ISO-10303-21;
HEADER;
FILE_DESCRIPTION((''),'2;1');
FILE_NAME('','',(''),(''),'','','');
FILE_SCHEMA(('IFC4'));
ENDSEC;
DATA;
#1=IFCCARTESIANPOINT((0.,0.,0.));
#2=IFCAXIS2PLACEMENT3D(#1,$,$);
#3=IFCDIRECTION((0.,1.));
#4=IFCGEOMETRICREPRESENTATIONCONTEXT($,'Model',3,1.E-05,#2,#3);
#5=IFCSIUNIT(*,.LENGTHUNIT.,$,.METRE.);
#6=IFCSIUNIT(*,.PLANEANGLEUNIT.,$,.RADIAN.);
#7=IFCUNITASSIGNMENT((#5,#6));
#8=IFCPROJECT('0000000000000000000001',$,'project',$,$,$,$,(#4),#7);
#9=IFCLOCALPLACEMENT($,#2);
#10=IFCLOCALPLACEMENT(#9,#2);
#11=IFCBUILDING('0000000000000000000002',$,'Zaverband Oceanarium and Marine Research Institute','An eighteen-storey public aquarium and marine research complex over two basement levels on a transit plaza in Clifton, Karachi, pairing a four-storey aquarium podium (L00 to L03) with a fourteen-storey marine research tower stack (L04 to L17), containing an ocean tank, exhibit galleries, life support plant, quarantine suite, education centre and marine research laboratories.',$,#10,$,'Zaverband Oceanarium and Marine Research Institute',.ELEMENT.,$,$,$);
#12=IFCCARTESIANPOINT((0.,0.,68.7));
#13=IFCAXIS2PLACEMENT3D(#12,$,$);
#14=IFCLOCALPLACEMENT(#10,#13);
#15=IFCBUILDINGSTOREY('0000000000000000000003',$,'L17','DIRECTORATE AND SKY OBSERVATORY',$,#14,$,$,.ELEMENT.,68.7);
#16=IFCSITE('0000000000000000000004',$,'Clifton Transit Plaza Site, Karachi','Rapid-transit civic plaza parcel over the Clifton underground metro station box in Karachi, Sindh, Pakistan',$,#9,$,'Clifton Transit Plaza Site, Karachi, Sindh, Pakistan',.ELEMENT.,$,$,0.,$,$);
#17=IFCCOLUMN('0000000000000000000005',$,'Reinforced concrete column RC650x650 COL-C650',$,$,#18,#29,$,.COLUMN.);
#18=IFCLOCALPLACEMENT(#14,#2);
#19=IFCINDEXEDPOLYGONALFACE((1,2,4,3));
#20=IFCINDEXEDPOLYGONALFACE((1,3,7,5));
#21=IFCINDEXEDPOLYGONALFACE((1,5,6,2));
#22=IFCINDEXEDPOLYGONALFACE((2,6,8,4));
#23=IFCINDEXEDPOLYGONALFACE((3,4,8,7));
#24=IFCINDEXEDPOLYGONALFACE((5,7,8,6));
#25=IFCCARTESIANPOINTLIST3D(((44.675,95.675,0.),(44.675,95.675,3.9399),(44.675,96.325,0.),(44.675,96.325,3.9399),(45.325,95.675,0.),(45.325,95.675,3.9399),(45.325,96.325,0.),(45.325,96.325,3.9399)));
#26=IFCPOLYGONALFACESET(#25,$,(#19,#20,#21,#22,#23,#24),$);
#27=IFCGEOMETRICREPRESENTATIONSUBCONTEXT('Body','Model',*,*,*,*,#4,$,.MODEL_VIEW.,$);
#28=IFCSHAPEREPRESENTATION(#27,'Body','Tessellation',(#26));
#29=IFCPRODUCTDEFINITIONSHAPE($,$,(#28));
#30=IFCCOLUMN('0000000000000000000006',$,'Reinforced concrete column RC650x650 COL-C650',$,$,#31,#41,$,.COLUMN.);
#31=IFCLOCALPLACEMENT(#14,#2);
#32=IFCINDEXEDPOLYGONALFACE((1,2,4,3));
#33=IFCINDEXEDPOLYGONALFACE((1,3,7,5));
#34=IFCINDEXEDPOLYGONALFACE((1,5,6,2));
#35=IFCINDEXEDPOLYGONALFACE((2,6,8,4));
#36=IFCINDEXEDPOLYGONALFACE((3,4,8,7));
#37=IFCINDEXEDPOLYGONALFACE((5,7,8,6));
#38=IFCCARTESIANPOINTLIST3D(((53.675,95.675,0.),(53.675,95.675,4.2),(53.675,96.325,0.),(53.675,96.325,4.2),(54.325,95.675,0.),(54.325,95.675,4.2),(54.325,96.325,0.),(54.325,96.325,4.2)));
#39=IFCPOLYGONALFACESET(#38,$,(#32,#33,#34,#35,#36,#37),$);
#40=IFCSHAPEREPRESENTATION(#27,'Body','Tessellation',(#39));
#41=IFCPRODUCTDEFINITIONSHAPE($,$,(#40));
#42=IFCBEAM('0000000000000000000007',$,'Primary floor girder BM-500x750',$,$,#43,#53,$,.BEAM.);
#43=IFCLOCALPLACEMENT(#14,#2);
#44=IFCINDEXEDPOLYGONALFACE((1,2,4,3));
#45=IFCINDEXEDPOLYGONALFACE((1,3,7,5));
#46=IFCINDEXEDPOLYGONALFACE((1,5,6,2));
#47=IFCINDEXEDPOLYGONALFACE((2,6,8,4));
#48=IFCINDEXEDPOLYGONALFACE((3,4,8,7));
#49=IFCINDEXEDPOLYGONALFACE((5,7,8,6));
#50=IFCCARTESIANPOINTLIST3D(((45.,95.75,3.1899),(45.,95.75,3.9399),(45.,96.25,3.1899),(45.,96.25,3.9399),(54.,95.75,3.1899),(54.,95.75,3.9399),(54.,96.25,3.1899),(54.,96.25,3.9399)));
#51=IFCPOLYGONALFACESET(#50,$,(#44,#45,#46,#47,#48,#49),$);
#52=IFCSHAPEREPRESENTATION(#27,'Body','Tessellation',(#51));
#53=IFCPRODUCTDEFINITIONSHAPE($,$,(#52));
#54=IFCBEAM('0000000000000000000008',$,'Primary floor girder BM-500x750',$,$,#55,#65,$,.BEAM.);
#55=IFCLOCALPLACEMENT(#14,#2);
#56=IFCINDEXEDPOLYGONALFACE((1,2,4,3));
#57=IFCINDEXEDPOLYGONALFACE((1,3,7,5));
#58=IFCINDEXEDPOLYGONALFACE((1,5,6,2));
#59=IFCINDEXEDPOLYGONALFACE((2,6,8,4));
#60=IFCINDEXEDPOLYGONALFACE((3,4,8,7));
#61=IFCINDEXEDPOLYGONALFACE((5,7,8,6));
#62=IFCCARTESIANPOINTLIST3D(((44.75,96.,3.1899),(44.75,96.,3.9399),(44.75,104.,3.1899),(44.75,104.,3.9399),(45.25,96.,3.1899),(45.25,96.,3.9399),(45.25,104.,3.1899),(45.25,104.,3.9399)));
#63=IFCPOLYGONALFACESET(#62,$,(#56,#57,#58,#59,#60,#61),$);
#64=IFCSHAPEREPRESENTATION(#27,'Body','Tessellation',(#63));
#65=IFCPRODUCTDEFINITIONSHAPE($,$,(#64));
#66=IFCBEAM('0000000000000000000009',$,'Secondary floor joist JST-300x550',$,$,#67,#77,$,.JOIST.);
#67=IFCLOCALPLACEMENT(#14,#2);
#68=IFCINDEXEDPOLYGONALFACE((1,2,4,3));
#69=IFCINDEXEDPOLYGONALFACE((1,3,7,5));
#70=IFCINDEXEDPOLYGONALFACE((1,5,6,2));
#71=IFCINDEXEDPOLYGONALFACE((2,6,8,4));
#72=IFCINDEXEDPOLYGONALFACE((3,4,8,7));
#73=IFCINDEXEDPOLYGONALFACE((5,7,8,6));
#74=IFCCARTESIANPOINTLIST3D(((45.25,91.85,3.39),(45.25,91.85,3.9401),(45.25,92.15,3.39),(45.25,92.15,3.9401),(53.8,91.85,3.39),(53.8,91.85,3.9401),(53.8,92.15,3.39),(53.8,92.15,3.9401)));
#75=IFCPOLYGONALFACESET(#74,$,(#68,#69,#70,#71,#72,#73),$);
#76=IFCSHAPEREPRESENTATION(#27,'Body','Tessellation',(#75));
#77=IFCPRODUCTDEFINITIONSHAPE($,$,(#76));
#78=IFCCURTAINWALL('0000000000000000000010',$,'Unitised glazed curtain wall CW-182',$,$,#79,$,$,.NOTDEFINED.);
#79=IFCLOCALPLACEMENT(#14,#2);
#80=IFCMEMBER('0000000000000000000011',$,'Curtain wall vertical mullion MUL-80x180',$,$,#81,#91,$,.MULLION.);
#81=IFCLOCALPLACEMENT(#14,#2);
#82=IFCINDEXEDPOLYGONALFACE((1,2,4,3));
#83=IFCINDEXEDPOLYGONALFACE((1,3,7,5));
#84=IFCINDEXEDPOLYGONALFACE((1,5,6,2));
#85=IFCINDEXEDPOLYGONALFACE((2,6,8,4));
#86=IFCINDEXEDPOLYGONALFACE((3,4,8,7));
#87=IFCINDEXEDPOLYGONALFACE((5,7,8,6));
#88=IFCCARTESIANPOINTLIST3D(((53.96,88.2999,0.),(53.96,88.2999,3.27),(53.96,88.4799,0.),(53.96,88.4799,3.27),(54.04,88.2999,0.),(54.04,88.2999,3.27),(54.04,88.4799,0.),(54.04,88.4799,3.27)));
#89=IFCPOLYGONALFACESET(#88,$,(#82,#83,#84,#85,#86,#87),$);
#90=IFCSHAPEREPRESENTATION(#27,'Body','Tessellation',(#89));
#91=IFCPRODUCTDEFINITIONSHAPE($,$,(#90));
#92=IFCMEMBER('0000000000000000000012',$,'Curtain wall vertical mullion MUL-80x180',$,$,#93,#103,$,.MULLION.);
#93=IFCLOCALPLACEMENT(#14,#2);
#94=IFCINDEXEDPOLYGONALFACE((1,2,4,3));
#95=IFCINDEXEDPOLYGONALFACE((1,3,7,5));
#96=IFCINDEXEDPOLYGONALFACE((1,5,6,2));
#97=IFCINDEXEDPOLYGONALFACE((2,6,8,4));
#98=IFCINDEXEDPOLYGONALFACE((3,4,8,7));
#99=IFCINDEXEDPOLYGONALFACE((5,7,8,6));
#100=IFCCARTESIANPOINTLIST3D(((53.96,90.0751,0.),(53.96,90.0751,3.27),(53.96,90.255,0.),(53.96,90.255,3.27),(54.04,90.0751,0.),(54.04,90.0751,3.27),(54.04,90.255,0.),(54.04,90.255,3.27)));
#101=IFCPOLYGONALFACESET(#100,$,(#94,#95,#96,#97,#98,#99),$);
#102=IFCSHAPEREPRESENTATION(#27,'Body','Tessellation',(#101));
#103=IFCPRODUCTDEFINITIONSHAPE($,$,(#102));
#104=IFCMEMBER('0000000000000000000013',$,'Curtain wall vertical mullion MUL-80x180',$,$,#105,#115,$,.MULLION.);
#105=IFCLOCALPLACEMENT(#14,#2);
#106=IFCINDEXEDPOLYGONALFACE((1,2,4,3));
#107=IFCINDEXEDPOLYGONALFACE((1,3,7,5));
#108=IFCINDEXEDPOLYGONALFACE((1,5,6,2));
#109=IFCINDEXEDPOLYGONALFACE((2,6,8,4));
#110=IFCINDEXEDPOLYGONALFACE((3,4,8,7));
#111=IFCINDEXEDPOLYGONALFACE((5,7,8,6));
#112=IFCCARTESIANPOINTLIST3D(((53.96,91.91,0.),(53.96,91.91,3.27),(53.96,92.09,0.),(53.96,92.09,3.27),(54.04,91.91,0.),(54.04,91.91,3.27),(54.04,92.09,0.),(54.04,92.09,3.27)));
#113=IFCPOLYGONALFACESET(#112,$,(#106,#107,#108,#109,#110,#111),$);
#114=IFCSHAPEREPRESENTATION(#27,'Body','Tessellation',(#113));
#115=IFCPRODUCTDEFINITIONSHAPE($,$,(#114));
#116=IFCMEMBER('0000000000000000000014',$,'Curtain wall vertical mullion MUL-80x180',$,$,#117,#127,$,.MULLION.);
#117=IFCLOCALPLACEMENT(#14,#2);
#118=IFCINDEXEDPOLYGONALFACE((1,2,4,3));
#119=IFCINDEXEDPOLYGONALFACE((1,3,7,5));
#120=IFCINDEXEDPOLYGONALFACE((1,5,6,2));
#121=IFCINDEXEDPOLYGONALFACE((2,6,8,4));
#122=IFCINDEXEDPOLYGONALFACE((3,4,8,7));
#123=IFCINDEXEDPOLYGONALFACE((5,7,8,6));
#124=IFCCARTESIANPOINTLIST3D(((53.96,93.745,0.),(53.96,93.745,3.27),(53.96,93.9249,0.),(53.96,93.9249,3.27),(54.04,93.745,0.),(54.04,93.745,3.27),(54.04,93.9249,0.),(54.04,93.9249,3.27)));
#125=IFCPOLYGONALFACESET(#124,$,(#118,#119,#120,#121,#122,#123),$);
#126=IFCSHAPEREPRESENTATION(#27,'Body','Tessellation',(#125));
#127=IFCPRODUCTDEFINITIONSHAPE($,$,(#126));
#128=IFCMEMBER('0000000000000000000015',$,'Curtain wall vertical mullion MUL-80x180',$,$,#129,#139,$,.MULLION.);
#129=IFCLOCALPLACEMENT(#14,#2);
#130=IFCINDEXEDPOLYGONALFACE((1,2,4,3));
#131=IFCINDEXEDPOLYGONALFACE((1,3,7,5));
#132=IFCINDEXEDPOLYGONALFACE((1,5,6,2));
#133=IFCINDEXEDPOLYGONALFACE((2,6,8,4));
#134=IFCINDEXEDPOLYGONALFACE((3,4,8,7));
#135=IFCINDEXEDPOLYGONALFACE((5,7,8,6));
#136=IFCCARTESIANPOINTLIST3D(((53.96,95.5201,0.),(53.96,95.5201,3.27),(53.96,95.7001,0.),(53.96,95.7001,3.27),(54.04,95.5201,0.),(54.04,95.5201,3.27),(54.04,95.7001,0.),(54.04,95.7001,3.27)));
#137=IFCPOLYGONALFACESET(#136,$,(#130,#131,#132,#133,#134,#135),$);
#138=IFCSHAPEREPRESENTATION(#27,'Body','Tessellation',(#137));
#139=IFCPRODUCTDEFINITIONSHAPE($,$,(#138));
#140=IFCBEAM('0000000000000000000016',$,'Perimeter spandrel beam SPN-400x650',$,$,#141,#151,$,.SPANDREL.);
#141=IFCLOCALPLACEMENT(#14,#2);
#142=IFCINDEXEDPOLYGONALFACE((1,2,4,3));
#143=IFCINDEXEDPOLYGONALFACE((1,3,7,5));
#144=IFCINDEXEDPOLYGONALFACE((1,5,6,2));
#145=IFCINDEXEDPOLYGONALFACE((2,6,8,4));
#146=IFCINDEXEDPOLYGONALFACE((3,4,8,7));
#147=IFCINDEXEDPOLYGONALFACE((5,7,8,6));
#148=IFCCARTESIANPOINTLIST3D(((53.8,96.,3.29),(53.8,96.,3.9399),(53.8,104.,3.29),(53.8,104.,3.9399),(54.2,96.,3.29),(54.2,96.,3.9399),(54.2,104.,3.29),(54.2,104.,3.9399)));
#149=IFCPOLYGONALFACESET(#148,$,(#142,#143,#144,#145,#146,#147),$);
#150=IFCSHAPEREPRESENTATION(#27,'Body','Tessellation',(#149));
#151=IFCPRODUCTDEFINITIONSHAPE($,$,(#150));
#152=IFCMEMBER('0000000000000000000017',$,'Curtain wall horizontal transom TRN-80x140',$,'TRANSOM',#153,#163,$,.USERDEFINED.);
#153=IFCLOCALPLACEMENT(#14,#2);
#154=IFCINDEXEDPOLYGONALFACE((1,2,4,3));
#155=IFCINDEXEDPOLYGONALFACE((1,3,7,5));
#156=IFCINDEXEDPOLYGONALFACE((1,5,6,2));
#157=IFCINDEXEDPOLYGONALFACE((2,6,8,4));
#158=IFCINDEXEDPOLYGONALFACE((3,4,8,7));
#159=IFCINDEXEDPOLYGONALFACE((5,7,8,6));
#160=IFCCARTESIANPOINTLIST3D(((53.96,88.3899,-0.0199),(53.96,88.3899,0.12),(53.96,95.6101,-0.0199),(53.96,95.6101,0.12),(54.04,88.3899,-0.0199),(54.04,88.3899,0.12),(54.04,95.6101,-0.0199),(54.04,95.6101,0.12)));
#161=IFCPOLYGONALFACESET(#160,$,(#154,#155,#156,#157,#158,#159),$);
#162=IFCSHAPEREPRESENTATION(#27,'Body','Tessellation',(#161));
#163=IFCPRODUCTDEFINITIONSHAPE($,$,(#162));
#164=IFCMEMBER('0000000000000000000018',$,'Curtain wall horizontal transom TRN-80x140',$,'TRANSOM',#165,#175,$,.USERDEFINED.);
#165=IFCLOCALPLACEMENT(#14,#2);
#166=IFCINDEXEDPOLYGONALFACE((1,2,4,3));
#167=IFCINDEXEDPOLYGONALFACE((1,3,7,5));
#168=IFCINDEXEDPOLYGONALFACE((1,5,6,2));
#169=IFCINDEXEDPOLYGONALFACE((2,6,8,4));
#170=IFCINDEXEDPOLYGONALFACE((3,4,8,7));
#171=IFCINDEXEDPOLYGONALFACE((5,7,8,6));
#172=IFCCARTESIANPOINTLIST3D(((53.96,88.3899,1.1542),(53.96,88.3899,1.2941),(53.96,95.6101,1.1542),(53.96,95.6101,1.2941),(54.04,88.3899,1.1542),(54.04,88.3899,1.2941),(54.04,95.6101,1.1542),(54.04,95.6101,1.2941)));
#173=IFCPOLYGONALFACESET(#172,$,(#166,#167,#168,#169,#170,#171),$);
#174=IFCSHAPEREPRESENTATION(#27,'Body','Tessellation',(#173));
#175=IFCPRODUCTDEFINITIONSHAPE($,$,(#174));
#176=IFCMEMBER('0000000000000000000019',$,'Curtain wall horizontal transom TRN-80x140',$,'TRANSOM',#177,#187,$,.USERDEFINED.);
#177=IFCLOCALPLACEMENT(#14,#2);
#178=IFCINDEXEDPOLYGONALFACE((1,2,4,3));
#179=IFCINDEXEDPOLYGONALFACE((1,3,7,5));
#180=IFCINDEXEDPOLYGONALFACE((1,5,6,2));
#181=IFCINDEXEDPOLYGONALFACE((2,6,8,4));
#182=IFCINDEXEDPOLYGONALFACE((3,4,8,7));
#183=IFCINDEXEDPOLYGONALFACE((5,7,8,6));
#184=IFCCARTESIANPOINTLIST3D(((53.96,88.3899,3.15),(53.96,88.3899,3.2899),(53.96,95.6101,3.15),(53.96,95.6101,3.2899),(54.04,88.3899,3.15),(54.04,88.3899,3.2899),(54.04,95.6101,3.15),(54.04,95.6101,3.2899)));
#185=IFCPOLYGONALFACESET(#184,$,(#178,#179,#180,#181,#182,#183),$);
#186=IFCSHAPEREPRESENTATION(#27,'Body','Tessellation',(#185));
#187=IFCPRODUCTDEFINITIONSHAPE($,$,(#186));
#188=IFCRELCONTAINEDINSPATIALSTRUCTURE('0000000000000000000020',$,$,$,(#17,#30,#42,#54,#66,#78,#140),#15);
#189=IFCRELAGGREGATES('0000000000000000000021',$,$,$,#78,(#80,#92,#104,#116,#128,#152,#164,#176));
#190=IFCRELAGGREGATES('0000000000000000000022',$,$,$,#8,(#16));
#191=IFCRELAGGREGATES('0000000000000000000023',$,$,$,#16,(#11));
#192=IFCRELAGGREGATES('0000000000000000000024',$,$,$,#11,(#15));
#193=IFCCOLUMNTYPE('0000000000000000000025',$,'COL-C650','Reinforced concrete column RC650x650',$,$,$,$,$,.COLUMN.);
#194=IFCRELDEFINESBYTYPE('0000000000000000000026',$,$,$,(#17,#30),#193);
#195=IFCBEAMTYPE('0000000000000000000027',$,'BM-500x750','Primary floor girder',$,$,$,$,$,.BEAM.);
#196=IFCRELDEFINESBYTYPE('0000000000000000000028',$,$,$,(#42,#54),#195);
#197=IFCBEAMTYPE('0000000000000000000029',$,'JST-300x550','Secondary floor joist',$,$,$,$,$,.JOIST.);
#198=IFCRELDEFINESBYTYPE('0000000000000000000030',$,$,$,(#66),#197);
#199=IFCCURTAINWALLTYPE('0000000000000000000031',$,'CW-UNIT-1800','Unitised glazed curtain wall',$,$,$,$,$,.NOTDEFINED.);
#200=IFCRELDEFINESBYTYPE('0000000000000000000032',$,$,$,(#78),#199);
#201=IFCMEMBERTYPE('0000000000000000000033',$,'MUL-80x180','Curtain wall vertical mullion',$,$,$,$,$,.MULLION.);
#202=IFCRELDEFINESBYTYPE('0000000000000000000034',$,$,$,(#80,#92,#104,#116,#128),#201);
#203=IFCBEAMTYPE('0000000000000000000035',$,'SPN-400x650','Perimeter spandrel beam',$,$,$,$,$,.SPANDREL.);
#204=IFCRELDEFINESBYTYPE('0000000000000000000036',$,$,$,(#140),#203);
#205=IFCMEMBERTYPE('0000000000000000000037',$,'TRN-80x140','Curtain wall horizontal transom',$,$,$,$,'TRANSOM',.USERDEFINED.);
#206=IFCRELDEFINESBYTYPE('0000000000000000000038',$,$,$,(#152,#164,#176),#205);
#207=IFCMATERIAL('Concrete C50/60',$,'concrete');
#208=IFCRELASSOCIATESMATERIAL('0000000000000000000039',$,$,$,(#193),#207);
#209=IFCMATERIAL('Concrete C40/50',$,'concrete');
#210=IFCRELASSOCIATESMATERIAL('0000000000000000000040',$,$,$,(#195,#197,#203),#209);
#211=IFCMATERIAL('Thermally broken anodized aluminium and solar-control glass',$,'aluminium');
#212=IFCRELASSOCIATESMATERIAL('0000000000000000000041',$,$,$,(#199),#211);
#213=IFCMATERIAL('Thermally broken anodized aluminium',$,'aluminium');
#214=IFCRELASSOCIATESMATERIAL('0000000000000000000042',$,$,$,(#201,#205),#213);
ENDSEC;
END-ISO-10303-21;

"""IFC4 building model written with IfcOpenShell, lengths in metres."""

from ifc_helpers import new_model, si_unit, direction, frame, origin, origin_2d, place, context, subcontext, project, spatial, rectangle, extrude, material, material_profile, profile_set, type_object, element, aggregate, save


model = new_model("IFC4")

# Units and contexts
model_context = context("Model", 3, precision=1e-05, world=origin(), true_north=direction((0.0, 1.0)))
body_context = subcontext(model_context, "Body", "Model", "MODEL_VIEW")
ifc_project = project(units=[si_unit("LENGTHUNIT", "METRE"), si_unit("PLANEANGLEUNIT", "RADIAN")], contexts=[model_context])

# Site, building, storey
site_placement = place(None, origin())
site = spatial("IfcSite", under=ifc_project, at=site_placement, Name="Clifton Transit Plaza Site, Karachi", Description="Rapid-transit civic plaza parcel over the Clifton underground metro station box in Karachi, Sindh, Pakistan", LongName="Clifton Transit Plaza Site, Karachi, Sindh, Pakistan", CompositionType="ELEMENT", RefElevation=0.0)
building_placement = place(site_placement, origin())
building = spatial("IfcBuilding", under=site, at=building_placement, Name="Zaverband Oceanarium and Marine Research Institute", Description="An eighteen-storey public aquarium and marine research complex over two basement levels on a transit plaza in Clifton, Karachi, pairing a four-storey aquarium podium (L00 to L03) with a fourteen-storey marine research tower stack (L04 to L17), containing an ocean tank, exhibit galleries, life support plant, quarantine suite, education centre and marine research laboratories.", LongName="Zaverband Oceanarium and Marine Research Institute", CompositionType="ELEMENT")
storey_placement = place(building_placement, frame((0.0, 0.0, 68.7)))
storey = spatial("IfcBuildingStorey", under=building, at=storey_placement, Name="L17", Description="DIRECTORATE AND SKY OBSERVATORY", CompositionType="ELEMENT", Elevation=68.7)

# Columns
ifc_material_1 = material(Name="Concrete C50/60", Category="concrete")
ifc_material_profile_1 = material_profile(ifc_material_1, rectangle(XDim=0.6499, YDim=0.6499, at=origin_2d()), Name="RC650x650")
ifc_profile_set_1 = profile_set([ifc_material_profile_1], Name="Concrete C50/60")
column_type = type_object("IfcColumnType", Name="COL-C650", Description="Reinforced concrete column RC650x650", PredefinedType="COLUMN", material=ifc_profile_set_1)
column_1_placement = place(storey_placement, frame((45.0, 96.0, 0.0), z_axis=(0.0, 0.0, 1.0), x_axis=(1.0, 0.0, 0.0)))
element("IfcColumn", 1, at=column_1_placement, inside=storey, type_object=column_type, Name="Reinforced concrete column RC650x650 COL-C650", PredefinedType="COLUMN", context=body_context, shape_type="SweptSolid", body=[
    extrude(rectangle(XDim=0.6499, YDim=0.6499, at=origin_2d()), origin(), (0.0, 0.0, 1.0), 3.9399),
])
column_2_placement = place(storey_placement, frame((54.0, 96.0, 0.0), z_axis=(0.0, 0.0, 1.0), x_axis=(1.0, 0.0, 0.0)))
element("IfcColumn", 2, at=column_2_placement, inside=storey, type_object=column_type, Name="Reinforced concrete column RC650x650 COL-C650", PredefinedType="COLUMN", context=body_context, shape_type="SweptSolid", body=[
    extrude(rectangle(XDim=0.6499, YDim=0.6499, at=origin_2d()), origin(), (0.0, 0.0, 1.0), 4.2),
])

# Beams
ifc_material_2 = material(Name="Concrete C40/50", Category="concrete")
ifc_material_profile_2 = material_profile(ifc_material_2, rectangle(XDim=0.5, YDim=0.75, at=origin_2d()), Name="RC500x750")
ifc_profile_set_2 = profile_set([ifc_material_profile_2], Name="Concrete C40/50")
beam_type_1 = type_object("IfcBeamType", Name="BM-500x750", Description="Primary floor girder", PredefinedType="BEAM", material=ifc_profile_set_2)
beam_1_placement = place(storey_placement, frame((45.0, 96.0, 3.5649), z_axis=(1.0, 0.0, 0.0), x_axis=(0.0, 1.0, 0.0)))
element("IfcBeam", 3, at=beam_1_placement, inside=storey, type_object=beam_type_1, Name="Primary floor girder BM-500x750", PredefinedType="BEAM", context=body_context, shape_type="SweptSolid", body=[
    extrude(rectangle(XDim=0.5, YDim=0.75, at=origin_2d()), origin(), (0.0, 0.0, 1.0), 9.0),
])
beam_2_placement = place(storey_placement, frame((45.0, 96.0, 3.5649), z_axis=(0.0, 1.0, 0.0), x_axis=(-1.0, 0.0, 0.0)))
element("IfcBeam", 4, at=beam_2_placement, inside=storey, type_object=beam_type_1, Name="Primary floor girder BM-500x750", PredefinedType="BEAM", context=body_context, shape_type="SweptSolid", body=[
    extrude(rectangle(XDim=0.5, YDim=0.75, at=origin_2d()), origin(), (0.0, 0.0, 1.0), 8.0),
])
ifc_material_profile_3 = material_profile(ifc_material_2, rectangle(XDim=0.3, YDim=0.55, at=origin_2d()), Name="RC300x550")
ifc_profile_set_3 = profile_set([ifc_material_profile_3], Name="Concrete C40/50")
beam_type_2 = type_object("IfcBeamType", Name="JST-300x550", Description="Secondary floor joist", PredefinedType="JOIST", material=ifc_profile_set_3)
beam_3_placement = place(storey_placement, frame((45.25, 92.0, 3.665), z_axis=(1.0, 0.0, 0.0), x_axis=(0.0, 1.0, 0.0)))
element("IfcBeam", 5, at=beam_3_placement, inside=storey, type_object=beam_type_2, Name="Secondary floor joist JST-300x550", PredefinedType="JOIST", context=body_context, shape_type="SweptSolid", body=[
    extrude(rectangle(XDim=0.3, YDim=0.55, at=origin_2d()), origin(), (0.0, 0.0, 1.0), 8.55),
])

# Curtain wall, members
ifc_material_3 = material(Name="Thermally broken anodized aluminium and solar-control glass", Category="aluminium")
curtain_wall_type = type_object("IfcCurtainWallType", Name="CW-UNIT-1800", Description="Unitised glazed curtain wall", PredefinedType="NOTDEFINED", material=ifc_material_3)
curtain_wall_placement = place(storey_placement, origin())
curtain_wall = element("IfcCurtainWall", 6, at=curtain_wall_placement, inside=storey, type_object=curtain_wall_type, Name="Unitised glazed curtain wall CW-182", PredefinedType="NOTDEFINED")
ifc_material_4 = material(Name="Thermally broken anodized aluminium", Category="aluminium")
ifc_material_profile_4 = material_profile(ifc_material_4, rectangle(XDim=0.0801, YDim=0.1799, at=origin_2d()), Name="AL-MUL-80x180")
ifc_profile_set_4 = profile_set([ifc_material_profile_4], Name="Thermally broken anodized aluminium")
member_type_1 = type_object("IfcMemberType", Name="MUL-80x180", Description="Curtain wall vertical mullion", PredefinedType="MULLION", material=ifc_profile_set_4)
member_1_placement = place(storey_placement, frame((54.0, 88.3899, 0.0), z_axis=(0.0, 0.0, 1.0), x_axis=(1.0, 0.0, 0.0)))
member_1 = element("IfcMember", 7, at=member_1_placement, type_object=member_type_1, Name="Curtain wall vertical mullion MUL-80x180", PredefinedType="MULLION", context=body_context, shape_type="SweptSolid", body=[
    extrude(rectangle(XDim=0.0801, YDim=0.1799, at=origin_2d()), origin(), (0.0, 0.0, 1.0), 3.27),
])
member_2_placement = place(storey_placement, frame((54.0, 90.165, 0.0), z_axis=(0.0, 0.0, 1.0), x_axis=(1.0, 0.0, 0.0)))
member_2 = element("IfcMember", 8, at=member_2_placement, type_object=member_type_1, Name="Curtain wall vertical mullion MUL-80x180", PredefinedType="MULLION", context=body_context, shape_type="SweptSolid", body=[
    extrude(rectangle(XDim=0.0801, YDim=0.1799, at=origin_2d()), origin(), (0.0, 0.0, 1.0), 3.27),
])
member_3_placement = place(storey_placement, frame((54.0, 92.0, 0.0), z_axis=(0.0, 0.0, 1.0), x_axis=(1.0, 0.0, 0.0)))
member_3 = element("IfcMember", 9, at=member_3_placement, type_object=member_type_1, Name="Curtain wall vertical mullion MUL-80x180", PredefinedType="MULLION", context=body_context, shape_type="SweptSolid", body=[
    extrude(rectangle(XDim=0.0801, YDim=0.1799, at=origin_2d()), origin(), (0.0, 0.0, 1.0), 3.27),
])
member_4_placement = place(storey_placement, frame((54.0, 93.835, 0.0), z_axis=(0.0, 0.0, 1.0), x_axis=(1.0, 0.0, 0.0)))
member_4 = element("IfcMember", 10, at=member_4_placement, type_object=member_type_1, Name="Curtain wall vertical mullion MUL-80x180", PredefinedType="MULLION", context=body_context, shape_type="SweptSolid", body=[
    extrude(rectangle(XDim=0.0801, YDim=0.1799, at=origin_2d()), origin(), (0.0, 0.0, 1.0), 3.27),
])
member_5_placement = place(storey_placement, frame((54.0, 95.6101, 0.0), z_axis=(0.0, 0.0, 1.0), x_axis=(1.0, 0.0, 0.0)))
member_5 = element("IfcMember", 11, at=member_5_placement, type_object=member_type_1, Name="Curtain wall vertical mullion MUL-80x180", PredefinedType="MULLION", context=body_context, shape_type="SweptSolid", body=[
    extrude(rectangle(XDim=0.0801, YDim=0.1799, at=origin_2d()), origin(), (0.0, 0.0, 1.0), 3.27),
])

# Beam
ifc_material_profile_5 = material_profile(ifc_material_2, rectangle(XDim=0.3999, YDim=0.6499, at=origin_2d()), Name="RC400x650")
ifc_profile_set_5 = profile_set([ifc_material_profile_5], Name="Concrete C40/50")
beam_type_3 = type_object("IfcBeamType", Name="SPN-400x650", Description="Perimeter spandrel beam", PredefinedType="SPANDREL", material=ifc_profile_set_5)
beam_4_placement = place(storey_placement, frame((54.0, 96.0, 3.615), z_axis=(0.0, 1.0, 0.0), x_axis=(-1.0, 0.0, 0.0)))
element("IfcBeam", 12, at=beam_4_placement, inside=storey, type_object=beam_type_3, Name="Perimeter spandrel beam SPN-400x650", PredefinedType="SPANDREL", context=body_context, shape_type="SweptSolid", body=[
    extrude(rectangle(XDim=0.3999, YDim=0.6499, at=origin_2d()), origin(), (0.0, 0.0, 1.0), 8.0),
])

# Members
ifc_material_profile_6 = material_profile(ifc_material_4, rectangle(XDim=0.0801, YDim=0.1399, at=origin_2d()), Name="AL-TRN-80x140")
ifc_profile_set_6 = profile_set([ifc_material_profile_6], Name="Thermally broken anodized aluminium")
member_type_2 = type_object("IfcMemberType", Name="TRN-80x140", Description="Curtain wall horizontal transom", ElementType="TRANSOM", PredefinedType="USERDEFINED", material=ifc_profile_set_6)
member_6_placement = place(storey_placement, frame((54.0, 88.3899, 0.05), z_axis=(0.0, 1.0, 0.0), x_axis=(-1.0, 0.0, 0.0)))
member_6 = element("IfcMember", 13, at=member_6_placement, type_object=member_type_2, Name="Curtain wall horizontal transom TRN-80x140", ObjectType="TRANSOM", PredefinedType="USERDEFINED", context=body_context, shape_type="SweptSolid", body=[
    extrude(rectangle(XDim=0.0801, YDim=0.1399, at=origin_2d()), origin(), (0.0, 0.0, 1.0), 7.2202),
])
member_7_placement = place(storey_placement, frame((54.0, 88.3899, 1.2241), z_axis=(0.0, 1.0, 0.0), x_axis=(-1.0, 0.0, 0.0)))
member_7 = element("IfcMember", 14, at=member_7_placement, type_object=member_type_2, Name="Curtain wall horizontal transom TRN-80x140", ObjectType="TRANSOM", PredefinedType="USERDEFINED", context=body_context, shape_type="SweptSolid", body=[
    extrude(rectangle(XDim=0.0801, YDim=0.1399, at=origin_2d()), origin(), (0.0, 0.0, 1.0), 7.2202),
])
member_8_placement = place(storey_placement, frame((54.0, 88.3899, 3.22), z_axis=(0.0, 1.0, 0.0), x_axis=(-1.0, 0.0, 0.0)))
member_8 = element("IfcMember", 15, at=member_8_placement, type_object=member_type_2, Name="Curtain wall horizontal transom TRN-80x140", ObjectType="TRANSOM", PredefinedType="USERDEFINED", context=body_context, shape_type="SweptSolid", body=[
    extrude(rectangle(XDim=0.0801, YDim=0.1399, at=origin_2d()), origin(), (0.0, 0.0, 1.0), 7.2202),
])

aggregate(curtain_wall, [member_1, member_2, member_3, member_4, member_5, member_6, member_7, member_8])

save(model, "model.ifc")
